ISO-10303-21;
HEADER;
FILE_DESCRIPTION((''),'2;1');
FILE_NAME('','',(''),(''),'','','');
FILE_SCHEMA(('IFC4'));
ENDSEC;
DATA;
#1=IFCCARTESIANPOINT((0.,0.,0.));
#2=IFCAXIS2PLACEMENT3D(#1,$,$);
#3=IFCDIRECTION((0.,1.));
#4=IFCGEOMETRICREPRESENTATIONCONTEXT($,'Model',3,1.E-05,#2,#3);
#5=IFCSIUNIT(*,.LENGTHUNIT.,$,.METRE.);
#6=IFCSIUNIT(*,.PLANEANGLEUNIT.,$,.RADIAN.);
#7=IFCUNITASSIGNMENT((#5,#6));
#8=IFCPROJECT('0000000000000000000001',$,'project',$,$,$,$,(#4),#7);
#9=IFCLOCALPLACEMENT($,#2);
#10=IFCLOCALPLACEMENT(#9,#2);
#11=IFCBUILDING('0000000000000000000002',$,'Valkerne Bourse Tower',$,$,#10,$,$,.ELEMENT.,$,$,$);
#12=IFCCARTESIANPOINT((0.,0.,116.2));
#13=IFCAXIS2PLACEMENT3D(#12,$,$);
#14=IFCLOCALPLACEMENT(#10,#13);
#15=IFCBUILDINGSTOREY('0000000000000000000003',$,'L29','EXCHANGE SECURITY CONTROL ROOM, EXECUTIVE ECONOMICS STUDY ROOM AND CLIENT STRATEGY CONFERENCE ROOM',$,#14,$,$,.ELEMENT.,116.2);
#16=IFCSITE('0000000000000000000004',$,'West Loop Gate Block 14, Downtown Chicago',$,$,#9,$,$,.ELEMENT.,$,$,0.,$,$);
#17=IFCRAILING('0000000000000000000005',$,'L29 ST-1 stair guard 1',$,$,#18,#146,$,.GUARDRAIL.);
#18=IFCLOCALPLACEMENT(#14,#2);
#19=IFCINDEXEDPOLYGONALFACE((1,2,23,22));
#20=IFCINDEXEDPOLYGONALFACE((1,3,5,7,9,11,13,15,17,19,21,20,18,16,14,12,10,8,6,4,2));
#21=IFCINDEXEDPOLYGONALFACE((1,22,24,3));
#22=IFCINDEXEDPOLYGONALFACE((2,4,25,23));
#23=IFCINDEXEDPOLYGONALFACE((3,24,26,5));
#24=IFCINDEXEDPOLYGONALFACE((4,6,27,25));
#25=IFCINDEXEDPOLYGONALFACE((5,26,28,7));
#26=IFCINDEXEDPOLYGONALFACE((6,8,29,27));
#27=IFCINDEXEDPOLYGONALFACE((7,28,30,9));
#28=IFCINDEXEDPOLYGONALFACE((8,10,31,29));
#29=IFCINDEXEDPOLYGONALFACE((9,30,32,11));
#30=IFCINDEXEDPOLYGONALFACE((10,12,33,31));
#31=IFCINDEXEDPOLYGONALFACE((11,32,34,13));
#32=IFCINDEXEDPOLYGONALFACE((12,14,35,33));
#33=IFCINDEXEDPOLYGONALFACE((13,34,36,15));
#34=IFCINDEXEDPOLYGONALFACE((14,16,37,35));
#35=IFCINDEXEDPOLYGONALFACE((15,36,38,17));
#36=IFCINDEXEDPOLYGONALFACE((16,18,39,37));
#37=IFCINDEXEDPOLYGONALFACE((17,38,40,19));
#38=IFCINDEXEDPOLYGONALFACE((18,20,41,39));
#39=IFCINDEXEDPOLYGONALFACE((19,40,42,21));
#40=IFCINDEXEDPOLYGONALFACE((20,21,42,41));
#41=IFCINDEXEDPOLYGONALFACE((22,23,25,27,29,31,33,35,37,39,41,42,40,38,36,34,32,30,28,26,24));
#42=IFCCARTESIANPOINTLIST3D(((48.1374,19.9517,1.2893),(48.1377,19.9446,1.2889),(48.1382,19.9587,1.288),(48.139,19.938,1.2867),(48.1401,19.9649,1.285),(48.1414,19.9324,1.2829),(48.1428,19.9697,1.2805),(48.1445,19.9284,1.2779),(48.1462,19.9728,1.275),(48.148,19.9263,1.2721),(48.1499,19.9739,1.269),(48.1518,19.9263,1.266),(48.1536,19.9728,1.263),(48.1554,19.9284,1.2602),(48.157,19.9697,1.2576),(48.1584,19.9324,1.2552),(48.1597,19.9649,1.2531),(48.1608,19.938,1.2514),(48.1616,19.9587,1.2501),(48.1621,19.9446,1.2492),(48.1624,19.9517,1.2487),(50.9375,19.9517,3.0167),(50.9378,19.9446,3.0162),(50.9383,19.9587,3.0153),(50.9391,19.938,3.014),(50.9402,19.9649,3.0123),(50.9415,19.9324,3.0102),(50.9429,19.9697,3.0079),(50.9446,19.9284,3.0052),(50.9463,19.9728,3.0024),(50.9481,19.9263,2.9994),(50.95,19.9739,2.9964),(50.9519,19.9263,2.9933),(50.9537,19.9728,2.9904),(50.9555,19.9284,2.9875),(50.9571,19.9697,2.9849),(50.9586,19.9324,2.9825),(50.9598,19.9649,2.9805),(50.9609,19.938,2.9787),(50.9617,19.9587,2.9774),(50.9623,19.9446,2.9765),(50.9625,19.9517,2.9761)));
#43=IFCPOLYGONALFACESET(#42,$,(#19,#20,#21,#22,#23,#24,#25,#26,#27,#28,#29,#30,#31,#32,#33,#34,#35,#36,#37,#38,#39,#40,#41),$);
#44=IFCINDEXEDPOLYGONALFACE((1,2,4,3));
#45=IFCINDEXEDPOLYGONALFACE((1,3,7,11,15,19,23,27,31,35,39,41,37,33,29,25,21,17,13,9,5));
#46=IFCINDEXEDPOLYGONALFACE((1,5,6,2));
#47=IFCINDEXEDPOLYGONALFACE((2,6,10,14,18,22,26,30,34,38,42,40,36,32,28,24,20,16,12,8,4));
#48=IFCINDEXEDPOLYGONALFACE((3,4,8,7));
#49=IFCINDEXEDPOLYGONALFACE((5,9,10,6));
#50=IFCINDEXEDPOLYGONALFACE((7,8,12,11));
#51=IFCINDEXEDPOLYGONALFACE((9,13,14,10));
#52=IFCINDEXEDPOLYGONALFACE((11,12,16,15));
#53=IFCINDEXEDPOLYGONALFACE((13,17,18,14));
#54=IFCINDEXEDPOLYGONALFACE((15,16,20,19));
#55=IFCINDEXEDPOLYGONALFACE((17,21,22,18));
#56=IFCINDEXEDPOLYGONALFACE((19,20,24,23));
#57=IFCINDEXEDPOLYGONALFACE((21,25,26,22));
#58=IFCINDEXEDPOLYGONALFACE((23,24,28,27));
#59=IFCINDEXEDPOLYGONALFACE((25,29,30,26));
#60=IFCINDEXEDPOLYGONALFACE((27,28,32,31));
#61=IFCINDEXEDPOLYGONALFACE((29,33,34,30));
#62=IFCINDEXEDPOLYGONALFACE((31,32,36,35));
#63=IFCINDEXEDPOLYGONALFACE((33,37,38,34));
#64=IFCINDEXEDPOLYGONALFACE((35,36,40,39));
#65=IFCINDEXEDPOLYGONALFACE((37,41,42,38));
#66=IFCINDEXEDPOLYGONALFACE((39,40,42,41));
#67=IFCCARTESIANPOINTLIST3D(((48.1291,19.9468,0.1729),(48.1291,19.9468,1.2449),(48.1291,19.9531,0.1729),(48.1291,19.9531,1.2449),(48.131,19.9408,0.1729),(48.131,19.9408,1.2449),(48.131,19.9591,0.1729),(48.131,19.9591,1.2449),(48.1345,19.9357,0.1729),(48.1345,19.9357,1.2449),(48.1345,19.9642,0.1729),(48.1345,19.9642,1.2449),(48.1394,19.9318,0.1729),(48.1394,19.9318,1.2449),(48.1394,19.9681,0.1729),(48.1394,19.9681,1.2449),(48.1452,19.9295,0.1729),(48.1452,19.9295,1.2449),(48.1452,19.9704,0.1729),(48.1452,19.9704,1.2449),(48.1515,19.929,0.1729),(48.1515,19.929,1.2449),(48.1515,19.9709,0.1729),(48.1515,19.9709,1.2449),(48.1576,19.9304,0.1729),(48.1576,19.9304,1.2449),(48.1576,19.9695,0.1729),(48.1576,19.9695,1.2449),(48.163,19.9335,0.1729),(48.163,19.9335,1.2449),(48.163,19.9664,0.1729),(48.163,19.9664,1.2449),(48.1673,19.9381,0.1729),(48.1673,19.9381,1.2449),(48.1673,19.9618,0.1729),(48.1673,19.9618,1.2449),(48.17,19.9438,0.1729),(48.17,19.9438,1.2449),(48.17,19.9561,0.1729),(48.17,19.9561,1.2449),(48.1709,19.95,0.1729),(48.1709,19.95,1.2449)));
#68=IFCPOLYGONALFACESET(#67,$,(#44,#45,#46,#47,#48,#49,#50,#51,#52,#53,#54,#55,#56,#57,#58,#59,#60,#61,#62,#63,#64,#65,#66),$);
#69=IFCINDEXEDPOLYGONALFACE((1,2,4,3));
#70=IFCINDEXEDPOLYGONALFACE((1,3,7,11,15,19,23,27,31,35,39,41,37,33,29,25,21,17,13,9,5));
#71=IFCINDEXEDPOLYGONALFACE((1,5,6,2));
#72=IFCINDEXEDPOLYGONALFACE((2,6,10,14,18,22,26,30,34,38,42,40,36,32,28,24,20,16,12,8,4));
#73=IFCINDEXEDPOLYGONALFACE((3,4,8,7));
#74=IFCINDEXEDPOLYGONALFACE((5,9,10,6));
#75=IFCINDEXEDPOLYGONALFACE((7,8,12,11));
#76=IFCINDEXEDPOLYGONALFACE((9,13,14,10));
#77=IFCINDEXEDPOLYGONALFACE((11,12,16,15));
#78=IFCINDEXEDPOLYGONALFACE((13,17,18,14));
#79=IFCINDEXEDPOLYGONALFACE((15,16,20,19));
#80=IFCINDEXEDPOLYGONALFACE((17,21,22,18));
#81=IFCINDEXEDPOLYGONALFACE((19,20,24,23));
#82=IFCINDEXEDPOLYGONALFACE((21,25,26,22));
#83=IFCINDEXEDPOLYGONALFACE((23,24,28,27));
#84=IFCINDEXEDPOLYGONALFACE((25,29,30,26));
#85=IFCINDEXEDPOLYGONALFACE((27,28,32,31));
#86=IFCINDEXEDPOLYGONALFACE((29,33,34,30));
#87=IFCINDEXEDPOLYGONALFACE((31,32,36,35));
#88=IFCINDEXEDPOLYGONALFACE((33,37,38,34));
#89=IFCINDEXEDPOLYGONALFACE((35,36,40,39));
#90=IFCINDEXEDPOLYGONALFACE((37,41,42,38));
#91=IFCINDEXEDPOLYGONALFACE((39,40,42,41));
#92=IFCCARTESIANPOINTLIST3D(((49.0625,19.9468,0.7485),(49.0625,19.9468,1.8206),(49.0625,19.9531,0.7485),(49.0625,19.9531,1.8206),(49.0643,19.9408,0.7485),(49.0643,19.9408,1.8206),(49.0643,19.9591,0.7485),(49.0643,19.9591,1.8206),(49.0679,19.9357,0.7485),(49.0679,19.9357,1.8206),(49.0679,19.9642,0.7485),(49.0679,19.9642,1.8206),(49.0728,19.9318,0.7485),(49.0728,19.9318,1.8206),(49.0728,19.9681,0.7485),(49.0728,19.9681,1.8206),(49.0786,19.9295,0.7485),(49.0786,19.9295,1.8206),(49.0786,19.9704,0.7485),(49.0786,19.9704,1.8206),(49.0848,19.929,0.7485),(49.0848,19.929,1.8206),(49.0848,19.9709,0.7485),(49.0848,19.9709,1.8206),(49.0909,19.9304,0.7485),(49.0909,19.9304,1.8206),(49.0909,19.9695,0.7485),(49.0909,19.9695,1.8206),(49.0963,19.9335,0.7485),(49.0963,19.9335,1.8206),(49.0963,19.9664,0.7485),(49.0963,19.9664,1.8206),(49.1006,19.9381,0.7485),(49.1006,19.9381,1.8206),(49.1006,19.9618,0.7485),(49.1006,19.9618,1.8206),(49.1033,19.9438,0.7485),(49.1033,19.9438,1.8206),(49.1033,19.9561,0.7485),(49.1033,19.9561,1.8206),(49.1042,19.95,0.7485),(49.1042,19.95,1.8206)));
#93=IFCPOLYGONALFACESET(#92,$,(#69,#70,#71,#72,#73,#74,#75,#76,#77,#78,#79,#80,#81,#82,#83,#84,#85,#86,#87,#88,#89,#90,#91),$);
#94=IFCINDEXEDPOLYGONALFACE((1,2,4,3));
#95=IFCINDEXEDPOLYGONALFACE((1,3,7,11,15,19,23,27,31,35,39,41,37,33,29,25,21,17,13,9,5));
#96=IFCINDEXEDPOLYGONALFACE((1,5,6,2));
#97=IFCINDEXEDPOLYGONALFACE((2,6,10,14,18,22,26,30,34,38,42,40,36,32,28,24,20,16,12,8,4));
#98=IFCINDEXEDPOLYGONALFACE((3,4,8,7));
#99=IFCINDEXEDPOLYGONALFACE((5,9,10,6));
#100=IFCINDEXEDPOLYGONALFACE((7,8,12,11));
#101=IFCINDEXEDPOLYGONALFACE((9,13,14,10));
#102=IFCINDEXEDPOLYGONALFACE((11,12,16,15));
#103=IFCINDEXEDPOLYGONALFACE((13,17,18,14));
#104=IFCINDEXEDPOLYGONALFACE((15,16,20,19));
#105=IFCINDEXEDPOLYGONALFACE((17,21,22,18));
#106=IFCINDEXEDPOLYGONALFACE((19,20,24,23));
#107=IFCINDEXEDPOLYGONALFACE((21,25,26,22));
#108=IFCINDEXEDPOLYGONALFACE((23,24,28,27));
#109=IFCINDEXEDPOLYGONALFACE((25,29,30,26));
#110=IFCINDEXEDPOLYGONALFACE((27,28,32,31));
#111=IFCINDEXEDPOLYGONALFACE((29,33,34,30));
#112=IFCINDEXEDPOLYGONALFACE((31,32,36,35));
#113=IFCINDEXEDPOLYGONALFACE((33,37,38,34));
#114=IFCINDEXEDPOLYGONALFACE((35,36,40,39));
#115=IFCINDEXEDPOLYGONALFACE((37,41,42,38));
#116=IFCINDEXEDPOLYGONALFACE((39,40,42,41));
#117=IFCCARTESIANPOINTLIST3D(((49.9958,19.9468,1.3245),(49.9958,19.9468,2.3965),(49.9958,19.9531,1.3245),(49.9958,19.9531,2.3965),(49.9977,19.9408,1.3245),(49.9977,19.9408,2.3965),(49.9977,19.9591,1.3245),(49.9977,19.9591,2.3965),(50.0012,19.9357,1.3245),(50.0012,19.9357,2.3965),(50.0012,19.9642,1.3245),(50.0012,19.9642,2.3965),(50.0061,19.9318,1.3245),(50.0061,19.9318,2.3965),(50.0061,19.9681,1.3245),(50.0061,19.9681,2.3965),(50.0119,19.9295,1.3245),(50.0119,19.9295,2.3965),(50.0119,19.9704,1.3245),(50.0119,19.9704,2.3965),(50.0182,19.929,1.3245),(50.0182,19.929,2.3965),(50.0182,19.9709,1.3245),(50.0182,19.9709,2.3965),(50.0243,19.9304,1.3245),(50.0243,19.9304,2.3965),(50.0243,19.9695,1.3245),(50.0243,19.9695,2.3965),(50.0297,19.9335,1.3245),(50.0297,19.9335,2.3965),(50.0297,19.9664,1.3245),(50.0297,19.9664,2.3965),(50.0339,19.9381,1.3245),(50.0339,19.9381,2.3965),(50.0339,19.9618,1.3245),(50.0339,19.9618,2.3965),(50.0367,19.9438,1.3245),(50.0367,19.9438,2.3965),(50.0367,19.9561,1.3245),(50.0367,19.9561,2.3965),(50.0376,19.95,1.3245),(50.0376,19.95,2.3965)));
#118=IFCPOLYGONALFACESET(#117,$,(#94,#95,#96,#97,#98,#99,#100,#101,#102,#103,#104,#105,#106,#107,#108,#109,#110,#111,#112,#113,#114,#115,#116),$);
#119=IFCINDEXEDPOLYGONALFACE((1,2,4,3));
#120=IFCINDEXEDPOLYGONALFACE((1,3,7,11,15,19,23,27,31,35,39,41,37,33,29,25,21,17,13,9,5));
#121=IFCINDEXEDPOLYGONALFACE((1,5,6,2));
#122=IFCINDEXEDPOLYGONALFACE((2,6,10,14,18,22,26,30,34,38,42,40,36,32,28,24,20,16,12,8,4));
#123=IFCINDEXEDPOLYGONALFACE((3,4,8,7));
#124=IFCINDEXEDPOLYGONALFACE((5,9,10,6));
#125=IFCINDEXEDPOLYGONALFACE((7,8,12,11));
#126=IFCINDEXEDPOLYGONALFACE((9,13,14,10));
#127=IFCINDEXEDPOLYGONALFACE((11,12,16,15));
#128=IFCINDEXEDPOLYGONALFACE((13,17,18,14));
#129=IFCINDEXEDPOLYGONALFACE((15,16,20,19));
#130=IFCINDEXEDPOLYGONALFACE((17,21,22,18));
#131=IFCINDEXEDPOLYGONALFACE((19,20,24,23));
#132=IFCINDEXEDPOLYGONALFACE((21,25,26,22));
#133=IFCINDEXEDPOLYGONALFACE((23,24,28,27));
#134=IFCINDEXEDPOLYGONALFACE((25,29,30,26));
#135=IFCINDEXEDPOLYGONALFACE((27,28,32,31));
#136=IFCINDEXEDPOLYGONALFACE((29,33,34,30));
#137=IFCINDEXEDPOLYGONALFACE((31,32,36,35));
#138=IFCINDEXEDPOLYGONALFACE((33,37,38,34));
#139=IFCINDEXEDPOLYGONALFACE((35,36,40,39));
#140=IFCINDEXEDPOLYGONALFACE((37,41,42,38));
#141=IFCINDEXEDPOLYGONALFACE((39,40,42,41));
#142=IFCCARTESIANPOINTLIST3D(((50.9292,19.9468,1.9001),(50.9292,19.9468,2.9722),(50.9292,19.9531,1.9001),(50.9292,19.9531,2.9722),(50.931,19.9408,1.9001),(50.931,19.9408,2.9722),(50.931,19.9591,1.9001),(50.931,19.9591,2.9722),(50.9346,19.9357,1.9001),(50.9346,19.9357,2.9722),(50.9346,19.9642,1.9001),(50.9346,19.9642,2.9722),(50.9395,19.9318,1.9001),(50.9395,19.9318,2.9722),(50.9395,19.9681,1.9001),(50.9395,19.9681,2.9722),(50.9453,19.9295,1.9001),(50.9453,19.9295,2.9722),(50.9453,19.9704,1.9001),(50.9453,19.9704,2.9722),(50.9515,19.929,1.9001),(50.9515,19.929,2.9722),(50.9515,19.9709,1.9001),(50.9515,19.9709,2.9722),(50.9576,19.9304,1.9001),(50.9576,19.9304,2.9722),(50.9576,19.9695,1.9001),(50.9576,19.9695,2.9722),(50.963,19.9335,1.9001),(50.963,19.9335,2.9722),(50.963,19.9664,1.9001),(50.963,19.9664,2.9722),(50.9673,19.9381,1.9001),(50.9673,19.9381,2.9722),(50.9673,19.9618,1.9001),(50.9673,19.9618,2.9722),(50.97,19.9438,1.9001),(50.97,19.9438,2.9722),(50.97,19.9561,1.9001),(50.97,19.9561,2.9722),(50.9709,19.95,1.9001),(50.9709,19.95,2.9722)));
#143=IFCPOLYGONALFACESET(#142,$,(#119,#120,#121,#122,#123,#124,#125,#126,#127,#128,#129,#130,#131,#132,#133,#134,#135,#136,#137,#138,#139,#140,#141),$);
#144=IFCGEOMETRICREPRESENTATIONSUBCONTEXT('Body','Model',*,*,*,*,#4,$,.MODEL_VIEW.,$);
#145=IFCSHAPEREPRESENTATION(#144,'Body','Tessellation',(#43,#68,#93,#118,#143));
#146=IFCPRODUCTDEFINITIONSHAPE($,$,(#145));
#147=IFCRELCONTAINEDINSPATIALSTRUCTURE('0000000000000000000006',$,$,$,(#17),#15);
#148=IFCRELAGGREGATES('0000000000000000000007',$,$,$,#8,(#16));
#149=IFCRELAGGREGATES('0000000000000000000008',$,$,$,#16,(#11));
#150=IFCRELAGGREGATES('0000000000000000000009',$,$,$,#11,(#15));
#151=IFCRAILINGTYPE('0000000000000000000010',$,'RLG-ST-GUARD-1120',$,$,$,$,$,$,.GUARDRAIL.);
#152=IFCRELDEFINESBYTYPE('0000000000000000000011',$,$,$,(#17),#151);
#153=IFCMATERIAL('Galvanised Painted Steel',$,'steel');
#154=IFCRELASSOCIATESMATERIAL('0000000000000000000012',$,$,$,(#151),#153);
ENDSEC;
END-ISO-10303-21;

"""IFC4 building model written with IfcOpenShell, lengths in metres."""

from ifc_helpers import new_model, si_unit, direction, frame, origin, origin_2d, place, context, subcontext, project, spatial, circle, extrude, material, type_object, element, save


model = new_model("IFC4")

# Units and contexts
model_context = context("Model", 3, precision=1e-05, world=origin(), true_north=direction((0.0, 1.0)))
body_context = subcontext(model_context, "Body", "Model", "MODEL_VIEW")
ifc_project = project(units=[si_unit("LENGTHUNIT", "METRE"), si_unit("PLANEANGLEUNIT", "RADIAN")], contexts=[model_context])

# Site, building, storey
site_placement = place(None, origin())
site = spatial("IfcSite", under=ifc_project, at=site_placement, Name="West Loop Gate Block 14, Downtown Chicago", CompositionType="ELEMENT", RefElevation=0.0)
building_placement = place(site_placement, origin())
building = spatial("IfcBuilding", under=site, at=building_placement, Name="Valkerne Bourse Tower", CompositionType="ELEMENT")
storey_placement = place(building_placement, frame((0.0, 0.0, 116.2)))
storey = spatial("IfcBuildingStorey", under=building, at=storey_placement, Name="L29", Description="EXCHANGE SECURITY CONTROL ROOM, EXECUTIVE ECONOMICS STUDY ROOM AND CLIENT STRATEGY CONFERENCE ROOM", CompositionType="ELEMENT", Elevation=116.2)

# Shared definitions
ifc_material_1 = material(Name="Galvanised Painted Steel", Category="steel")

# Railing
railing_type_1 = type_object("IfcRailingType", Name="RLG-ST-GUARD-1120", PredefinedType="GUARDRAIL", material=ifc_material_1)
railing_1_placement = place(storey_placement, frame((48.1499, 19.95, 0.1729)))
element("IfcRailing", 1, at=railing_1_placement, inside=storey, type_object=railing_type_1, Name="L29 ST-1 stair guard 1", PredefinedType="GUARDRAIL", context=body_context, shape_type="SweptSolid", body=[
    extrude(circle(Radius=0.0239, at=origin_2d()), frame((0.0, 0.0, 1.0962), z_axis=(0.85109, 0.0, 0.52502), x_axis=(0.0, 1.0, 0.0)), (0.0, 0.0, 1.0), 3.29),
    extrude(circle(Radius=0.021, at=origin_2d()), origin(), (0.0, 0.0, 1.0), 1.072),
    extrude(circle(Radius=0.021, at=origin_2d()), frame((0.9333, 0.0, 0.5757)), (0.0, 0.0, 1.0), 1.072),
    extrude(circle(Radius=0.021, at=origin_2d()), frame((1.8667, 0.0, 1.1516)), (0.0, 0.0, 1.0), 1.072),
    extrude(circle(Radius=0.021, at=origin_2d()), frame((2.8, 0.0, 1.7273)), (0.0, 0.0, 1.0), 1.072),
])

save(model, "model.ifc")
